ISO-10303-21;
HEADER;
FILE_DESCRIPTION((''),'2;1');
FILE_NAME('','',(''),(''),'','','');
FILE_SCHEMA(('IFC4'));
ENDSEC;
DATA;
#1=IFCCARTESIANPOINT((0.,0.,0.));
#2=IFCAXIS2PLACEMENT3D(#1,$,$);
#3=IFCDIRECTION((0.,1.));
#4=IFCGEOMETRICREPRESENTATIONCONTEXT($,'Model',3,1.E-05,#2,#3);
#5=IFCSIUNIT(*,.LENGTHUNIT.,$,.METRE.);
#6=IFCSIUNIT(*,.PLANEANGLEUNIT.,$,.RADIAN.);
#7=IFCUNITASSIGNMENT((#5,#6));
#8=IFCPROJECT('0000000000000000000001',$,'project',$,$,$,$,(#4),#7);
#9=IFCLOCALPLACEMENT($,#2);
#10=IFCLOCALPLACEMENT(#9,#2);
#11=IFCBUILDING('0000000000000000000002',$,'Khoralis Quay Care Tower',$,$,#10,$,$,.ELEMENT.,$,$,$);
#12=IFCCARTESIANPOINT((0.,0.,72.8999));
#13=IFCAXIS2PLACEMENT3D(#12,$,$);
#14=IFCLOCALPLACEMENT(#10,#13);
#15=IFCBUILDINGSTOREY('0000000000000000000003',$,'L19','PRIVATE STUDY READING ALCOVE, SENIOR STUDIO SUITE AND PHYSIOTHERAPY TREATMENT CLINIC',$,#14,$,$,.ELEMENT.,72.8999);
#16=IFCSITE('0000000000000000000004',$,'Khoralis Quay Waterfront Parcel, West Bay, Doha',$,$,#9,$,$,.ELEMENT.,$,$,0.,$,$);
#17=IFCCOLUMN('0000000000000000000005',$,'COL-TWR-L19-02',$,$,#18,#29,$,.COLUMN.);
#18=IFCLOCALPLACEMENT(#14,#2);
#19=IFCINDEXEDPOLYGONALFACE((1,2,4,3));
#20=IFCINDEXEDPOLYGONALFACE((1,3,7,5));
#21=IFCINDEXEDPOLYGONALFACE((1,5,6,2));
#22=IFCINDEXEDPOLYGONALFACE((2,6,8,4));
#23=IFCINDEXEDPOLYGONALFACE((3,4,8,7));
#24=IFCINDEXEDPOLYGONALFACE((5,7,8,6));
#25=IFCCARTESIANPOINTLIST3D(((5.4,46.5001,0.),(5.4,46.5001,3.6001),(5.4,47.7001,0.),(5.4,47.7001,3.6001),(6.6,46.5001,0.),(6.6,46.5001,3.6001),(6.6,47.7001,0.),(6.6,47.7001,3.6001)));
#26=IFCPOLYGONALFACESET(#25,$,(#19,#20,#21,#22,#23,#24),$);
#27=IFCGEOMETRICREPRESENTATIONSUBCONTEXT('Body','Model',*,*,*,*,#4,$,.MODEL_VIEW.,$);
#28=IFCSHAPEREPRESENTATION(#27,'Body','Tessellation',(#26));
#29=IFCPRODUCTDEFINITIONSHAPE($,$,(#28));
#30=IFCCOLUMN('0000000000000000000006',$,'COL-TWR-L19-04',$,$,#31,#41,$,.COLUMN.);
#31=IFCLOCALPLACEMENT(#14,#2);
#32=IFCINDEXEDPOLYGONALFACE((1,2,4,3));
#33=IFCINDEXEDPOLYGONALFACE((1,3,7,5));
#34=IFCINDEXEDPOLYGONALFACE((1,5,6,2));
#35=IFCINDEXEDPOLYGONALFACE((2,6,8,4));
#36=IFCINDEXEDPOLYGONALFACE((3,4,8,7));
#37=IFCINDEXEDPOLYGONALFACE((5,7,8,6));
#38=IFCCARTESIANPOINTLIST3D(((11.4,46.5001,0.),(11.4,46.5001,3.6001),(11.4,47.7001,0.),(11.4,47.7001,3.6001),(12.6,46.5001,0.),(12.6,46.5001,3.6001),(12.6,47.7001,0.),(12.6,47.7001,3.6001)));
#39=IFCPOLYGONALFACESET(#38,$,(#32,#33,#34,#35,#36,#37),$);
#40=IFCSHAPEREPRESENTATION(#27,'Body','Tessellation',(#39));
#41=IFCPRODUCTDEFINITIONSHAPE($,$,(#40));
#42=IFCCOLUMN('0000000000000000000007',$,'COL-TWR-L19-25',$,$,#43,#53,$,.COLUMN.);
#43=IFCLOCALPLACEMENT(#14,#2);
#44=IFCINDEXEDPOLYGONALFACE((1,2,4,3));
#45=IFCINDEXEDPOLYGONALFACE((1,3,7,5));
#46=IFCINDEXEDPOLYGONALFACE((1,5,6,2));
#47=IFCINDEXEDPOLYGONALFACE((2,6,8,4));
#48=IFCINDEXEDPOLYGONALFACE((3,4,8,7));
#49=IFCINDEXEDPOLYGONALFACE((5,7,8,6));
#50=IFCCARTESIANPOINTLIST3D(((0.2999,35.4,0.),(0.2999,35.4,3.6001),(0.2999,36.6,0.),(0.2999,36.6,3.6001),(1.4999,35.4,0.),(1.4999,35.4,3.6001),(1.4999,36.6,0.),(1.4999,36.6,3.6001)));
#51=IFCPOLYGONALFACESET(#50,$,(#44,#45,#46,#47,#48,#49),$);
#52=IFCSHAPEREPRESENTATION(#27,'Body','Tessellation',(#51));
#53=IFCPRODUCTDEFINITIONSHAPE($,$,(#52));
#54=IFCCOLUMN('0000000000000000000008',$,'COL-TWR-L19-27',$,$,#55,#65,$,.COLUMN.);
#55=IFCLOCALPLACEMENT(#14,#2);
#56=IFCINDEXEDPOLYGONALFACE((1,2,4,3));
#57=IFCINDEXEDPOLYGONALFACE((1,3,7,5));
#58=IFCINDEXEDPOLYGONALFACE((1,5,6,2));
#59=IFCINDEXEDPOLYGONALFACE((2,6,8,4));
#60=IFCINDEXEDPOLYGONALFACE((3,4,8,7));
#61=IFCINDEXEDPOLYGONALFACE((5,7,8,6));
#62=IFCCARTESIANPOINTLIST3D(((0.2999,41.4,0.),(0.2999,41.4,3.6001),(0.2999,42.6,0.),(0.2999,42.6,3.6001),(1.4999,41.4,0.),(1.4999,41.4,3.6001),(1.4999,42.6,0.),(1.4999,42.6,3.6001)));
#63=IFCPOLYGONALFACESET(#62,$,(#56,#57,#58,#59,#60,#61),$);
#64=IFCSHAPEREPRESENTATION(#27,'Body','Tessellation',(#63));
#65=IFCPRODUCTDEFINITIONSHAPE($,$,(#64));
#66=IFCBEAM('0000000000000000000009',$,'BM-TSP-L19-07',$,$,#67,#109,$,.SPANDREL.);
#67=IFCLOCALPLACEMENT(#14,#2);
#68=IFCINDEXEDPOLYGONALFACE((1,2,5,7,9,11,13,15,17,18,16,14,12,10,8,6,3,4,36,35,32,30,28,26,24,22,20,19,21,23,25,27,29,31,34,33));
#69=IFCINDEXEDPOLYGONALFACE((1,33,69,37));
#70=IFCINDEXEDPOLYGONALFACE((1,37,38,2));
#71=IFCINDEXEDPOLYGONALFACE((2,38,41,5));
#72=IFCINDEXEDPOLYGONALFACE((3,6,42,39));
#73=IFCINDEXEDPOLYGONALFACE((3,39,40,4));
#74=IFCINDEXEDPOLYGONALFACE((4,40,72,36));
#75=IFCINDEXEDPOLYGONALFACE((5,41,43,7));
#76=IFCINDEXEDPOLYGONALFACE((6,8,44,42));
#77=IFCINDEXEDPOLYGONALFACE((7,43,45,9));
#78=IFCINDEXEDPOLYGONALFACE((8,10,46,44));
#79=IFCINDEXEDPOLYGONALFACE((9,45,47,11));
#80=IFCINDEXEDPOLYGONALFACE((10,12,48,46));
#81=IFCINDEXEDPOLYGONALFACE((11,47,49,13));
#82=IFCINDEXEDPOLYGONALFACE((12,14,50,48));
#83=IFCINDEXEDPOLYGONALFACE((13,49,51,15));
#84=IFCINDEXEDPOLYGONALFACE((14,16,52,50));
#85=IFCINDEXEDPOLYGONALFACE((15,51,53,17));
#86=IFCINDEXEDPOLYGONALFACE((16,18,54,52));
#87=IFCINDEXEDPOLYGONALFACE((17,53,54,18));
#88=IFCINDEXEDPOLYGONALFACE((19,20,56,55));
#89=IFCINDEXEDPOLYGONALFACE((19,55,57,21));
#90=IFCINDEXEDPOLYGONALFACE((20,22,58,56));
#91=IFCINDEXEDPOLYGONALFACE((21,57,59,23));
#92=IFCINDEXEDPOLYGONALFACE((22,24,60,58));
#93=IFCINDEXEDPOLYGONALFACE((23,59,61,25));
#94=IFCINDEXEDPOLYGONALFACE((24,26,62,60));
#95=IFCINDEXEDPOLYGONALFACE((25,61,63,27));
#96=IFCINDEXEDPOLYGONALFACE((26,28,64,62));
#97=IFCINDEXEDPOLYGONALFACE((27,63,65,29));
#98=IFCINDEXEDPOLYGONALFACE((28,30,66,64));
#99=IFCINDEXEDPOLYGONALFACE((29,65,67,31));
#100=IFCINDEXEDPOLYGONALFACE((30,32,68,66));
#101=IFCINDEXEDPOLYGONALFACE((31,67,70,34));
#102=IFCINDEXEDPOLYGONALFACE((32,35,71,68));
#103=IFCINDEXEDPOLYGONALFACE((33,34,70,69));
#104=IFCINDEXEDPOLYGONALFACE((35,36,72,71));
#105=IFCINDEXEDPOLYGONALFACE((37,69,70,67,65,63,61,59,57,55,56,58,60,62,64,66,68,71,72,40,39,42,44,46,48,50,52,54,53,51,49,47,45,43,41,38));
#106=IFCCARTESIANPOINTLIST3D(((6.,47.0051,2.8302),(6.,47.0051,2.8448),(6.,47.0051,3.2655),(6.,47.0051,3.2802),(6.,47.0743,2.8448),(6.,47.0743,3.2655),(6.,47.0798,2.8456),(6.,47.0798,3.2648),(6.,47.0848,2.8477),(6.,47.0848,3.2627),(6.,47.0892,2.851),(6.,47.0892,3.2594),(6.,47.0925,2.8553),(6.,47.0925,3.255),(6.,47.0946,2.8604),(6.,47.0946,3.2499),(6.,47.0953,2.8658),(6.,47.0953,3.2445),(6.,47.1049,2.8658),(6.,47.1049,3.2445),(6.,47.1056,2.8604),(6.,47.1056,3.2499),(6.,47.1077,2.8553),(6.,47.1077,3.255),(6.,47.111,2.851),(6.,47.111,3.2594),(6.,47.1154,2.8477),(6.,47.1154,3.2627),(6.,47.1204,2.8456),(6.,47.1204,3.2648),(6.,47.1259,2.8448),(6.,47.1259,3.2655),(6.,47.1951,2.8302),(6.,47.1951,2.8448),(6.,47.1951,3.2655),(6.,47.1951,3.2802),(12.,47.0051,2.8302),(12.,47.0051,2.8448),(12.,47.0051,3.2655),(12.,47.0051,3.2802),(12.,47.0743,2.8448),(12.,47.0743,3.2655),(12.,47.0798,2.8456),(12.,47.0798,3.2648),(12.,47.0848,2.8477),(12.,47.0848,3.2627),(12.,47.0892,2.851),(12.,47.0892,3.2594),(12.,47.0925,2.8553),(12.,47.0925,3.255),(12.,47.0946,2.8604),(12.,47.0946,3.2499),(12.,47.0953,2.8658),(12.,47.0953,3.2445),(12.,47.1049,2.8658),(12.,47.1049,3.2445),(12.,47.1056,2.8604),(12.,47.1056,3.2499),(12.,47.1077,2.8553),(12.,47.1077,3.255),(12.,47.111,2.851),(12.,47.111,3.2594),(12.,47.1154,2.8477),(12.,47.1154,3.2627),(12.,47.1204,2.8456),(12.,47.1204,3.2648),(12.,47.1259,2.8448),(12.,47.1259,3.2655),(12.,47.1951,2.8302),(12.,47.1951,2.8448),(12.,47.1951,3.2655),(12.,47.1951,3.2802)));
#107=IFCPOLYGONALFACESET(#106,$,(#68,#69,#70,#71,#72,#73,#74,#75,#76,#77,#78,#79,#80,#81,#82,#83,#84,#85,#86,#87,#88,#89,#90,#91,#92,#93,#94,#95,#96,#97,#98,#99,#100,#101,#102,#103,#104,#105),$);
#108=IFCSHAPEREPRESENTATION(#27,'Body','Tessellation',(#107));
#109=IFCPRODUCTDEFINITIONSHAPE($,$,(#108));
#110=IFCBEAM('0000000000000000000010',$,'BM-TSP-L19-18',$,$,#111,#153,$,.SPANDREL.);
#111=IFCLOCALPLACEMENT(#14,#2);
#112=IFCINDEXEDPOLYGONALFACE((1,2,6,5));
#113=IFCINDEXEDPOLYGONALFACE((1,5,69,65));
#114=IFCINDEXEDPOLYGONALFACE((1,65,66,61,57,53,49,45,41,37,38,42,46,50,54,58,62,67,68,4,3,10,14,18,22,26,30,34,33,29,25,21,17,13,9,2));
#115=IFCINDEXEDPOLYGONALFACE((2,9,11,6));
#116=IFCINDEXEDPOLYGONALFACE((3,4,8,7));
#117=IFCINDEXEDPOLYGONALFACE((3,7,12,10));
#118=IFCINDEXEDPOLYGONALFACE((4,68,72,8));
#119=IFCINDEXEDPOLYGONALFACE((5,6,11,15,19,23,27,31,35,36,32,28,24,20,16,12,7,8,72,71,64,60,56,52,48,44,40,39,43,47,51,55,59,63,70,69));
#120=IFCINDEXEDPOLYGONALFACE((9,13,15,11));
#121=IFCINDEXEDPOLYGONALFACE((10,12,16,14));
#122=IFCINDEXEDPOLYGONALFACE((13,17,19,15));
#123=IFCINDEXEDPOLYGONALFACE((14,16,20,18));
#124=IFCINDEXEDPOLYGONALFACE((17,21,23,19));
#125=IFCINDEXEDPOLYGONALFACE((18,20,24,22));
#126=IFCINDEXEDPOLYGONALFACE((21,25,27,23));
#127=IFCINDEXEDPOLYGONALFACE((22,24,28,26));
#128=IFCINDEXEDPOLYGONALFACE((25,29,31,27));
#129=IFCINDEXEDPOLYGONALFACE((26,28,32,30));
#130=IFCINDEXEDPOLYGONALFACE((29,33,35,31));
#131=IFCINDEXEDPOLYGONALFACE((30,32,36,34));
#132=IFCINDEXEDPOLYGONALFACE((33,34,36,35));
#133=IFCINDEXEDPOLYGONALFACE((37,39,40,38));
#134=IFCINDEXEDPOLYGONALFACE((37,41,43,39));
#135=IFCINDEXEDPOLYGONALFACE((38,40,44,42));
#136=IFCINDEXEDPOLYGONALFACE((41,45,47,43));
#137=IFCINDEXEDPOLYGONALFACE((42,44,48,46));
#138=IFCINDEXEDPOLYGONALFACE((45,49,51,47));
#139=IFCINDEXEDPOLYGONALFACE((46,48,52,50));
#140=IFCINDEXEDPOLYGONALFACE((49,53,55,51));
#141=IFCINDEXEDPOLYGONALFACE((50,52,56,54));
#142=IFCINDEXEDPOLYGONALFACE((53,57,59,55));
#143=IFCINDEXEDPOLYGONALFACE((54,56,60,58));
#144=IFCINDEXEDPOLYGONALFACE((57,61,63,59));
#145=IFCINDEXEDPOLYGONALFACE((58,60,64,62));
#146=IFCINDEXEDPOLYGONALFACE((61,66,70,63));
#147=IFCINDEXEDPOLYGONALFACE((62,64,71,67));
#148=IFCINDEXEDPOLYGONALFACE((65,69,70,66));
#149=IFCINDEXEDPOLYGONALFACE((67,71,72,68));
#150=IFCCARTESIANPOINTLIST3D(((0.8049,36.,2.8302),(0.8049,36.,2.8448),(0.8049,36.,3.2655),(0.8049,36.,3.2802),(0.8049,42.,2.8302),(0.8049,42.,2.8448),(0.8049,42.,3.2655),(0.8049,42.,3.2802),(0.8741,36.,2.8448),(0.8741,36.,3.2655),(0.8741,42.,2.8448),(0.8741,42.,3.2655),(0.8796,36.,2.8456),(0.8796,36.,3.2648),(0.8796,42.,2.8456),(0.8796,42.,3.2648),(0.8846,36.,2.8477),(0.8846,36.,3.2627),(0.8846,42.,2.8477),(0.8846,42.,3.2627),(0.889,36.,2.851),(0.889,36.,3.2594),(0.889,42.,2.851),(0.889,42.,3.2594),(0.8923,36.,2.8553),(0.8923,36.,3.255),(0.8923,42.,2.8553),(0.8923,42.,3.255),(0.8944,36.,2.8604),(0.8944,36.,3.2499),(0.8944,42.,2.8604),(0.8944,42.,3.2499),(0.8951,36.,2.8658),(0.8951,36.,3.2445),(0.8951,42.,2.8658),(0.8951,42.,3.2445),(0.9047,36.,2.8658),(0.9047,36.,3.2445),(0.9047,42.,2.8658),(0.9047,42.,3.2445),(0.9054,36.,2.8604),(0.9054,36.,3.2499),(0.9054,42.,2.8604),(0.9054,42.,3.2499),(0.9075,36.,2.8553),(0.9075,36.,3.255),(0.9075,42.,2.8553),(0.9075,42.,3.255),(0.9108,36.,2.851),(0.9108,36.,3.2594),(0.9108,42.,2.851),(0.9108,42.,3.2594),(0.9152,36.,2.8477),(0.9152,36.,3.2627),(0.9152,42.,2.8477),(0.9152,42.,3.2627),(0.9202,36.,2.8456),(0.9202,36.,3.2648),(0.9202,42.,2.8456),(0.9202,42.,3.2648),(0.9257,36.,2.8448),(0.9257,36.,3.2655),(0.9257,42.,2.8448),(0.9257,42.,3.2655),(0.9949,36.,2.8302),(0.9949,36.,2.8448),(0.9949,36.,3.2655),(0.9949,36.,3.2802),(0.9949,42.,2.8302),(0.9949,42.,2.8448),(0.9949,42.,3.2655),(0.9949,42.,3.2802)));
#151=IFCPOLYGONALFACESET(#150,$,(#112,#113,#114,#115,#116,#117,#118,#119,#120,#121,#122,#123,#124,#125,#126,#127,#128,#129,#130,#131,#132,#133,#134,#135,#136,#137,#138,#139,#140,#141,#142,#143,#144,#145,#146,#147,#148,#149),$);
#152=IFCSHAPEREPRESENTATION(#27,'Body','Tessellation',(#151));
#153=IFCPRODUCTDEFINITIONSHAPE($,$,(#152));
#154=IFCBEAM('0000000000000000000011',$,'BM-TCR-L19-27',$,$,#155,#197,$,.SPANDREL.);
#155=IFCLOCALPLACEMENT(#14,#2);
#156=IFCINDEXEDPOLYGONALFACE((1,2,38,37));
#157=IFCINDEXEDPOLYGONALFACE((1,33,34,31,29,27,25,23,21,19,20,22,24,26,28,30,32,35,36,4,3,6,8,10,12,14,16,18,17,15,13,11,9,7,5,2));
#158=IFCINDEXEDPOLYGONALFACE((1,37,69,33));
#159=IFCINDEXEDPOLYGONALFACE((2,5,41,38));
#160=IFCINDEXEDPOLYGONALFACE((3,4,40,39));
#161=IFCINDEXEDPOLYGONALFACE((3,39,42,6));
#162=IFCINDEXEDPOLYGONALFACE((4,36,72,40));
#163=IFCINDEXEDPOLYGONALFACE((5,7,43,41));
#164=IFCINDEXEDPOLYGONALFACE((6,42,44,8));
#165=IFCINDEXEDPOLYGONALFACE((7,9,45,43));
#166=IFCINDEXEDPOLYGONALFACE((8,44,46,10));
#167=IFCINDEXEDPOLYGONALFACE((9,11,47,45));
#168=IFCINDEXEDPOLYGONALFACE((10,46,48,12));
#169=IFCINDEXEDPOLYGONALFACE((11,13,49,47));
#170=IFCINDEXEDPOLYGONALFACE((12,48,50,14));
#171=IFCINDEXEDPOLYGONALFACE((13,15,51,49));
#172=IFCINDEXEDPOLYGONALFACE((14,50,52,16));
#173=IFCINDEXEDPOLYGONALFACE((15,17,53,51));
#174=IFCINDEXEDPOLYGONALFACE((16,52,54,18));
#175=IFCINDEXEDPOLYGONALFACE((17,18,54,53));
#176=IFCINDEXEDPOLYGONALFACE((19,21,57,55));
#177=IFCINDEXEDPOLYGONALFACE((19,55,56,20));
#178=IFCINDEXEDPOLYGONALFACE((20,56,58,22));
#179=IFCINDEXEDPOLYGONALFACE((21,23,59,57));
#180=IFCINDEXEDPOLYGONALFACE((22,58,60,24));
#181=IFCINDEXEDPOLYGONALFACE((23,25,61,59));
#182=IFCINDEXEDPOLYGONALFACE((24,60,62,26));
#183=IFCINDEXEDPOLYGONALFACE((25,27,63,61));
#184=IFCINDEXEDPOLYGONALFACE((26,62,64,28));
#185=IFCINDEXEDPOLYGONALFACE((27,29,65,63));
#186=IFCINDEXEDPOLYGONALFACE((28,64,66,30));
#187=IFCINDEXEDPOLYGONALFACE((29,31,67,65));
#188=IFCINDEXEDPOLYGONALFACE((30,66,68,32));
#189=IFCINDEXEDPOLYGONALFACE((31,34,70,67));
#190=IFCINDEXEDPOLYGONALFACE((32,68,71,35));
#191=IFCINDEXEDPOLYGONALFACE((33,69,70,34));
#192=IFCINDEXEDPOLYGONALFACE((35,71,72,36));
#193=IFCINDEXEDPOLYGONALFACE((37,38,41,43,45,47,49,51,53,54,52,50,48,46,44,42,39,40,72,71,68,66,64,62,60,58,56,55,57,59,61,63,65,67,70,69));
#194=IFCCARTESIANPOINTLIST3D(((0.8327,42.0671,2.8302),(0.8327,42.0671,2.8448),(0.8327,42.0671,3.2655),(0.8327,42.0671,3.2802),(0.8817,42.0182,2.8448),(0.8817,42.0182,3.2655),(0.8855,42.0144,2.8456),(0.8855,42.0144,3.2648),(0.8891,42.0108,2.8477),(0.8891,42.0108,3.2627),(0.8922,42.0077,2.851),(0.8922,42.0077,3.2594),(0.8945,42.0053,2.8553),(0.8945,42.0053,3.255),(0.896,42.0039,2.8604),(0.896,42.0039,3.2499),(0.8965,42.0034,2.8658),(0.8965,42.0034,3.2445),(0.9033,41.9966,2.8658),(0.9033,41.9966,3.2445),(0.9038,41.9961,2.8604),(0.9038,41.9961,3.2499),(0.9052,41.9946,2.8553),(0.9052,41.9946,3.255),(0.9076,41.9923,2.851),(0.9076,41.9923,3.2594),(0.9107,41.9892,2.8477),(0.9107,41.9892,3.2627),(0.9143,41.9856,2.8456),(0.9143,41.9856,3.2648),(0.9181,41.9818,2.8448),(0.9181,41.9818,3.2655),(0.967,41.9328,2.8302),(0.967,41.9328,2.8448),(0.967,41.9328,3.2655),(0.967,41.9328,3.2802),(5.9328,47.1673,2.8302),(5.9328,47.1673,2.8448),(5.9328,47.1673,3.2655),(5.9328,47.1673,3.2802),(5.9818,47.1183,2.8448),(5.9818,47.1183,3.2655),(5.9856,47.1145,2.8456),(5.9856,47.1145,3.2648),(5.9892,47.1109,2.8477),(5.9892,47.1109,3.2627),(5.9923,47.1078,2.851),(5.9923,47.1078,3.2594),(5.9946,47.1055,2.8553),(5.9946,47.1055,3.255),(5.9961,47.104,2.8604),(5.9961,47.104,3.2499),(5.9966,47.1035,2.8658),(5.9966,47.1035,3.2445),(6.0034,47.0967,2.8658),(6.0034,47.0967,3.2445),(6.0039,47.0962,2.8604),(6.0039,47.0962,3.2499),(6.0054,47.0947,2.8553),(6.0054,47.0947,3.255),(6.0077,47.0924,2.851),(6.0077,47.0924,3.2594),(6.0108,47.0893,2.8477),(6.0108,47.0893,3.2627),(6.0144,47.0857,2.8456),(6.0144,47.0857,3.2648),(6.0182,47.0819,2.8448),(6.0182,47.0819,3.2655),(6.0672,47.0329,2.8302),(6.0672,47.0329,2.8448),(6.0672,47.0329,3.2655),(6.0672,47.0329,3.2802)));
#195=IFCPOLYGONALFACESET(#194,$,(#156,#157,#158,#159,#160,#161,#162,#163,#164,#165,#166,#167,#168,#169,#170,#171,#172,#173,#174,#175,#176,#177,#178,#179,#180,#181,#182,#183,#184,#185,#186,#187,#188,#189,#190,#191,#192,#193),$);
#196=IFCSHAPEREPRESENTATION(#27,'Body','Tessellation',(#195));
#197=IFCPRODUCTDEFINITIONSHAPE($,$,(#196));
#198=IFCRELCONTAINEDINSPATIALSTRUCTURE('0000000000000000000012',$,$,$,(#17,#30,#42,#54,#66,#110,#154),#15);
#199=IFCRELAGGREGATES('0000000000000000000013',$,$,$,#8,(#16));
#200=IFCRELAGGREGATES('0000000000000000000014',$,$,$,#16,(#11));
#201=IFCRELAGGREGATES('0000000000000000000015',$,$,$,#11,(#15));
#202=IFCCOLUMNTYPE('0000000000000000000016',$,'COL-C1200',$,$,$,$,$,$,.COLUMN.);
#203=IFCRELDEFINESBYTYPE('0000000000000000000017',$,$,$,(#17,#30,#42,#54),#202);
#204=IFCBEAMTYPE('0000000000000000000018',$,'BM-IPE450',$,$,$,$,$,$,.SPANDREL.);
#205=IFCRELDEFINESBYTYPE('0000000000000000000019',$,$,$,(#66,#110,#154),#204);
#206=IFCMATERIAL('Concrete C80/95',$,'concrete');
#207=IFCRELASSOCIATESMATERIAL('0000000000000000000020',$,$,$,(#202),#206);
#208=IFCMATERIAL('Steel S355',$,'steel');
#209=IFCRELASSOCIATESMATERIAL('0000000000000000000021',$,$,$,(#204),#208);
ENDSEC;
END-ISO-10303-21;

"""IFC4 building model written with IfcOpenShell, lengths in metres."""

from ifc_helpers import new_model, si_unit, direction, frame, origin, origin_2d, place, context, subcontext, project, spatial, rectangle, i_section, extrude, source, transform, mapped, material, material_profile, profile_set, type_object, element, save


model = new_model("IFC4")

# Units and contexts
model_context = context("Model", 3, precision=1e-05, world=origin(), true_north=direction((0.0, 1.0)))
body_context = subcontext(model_context, "Body", "Model", "MODEL_VIEW")
ifc_project = project(units=[si_unit("LENGTHUNIT", "METRE"), si_unit("PLANEANGLEUNIT", "RADIAN")], contexts=[model_context])

# Site, building, storey
site_placement = place(None, origin())
site = spatial("IfcSite", under=ifc_project, at=site_placement, Name="Khoralis Quay Waterfront Parcel, West Bay, Doha", CompositionType="ELEMENT", RefElevation=0.0)
building_placement = place(site_placement, origin())
building = spatial("IfcBuilding", under=site, at=building_placement, Name="Khoralis Quay Care Tower", CompositionType="ELEMENT")
storey_placement = place(building_placement, frame((0.0, 0.0, 72.8999)))
storey = spatial("IfcBuildingStorey", under=building, at=storey_placement, Name="L19", Description="PRIVATE STUDY READING ALCOVE, SENIOR STUDIO SUITE AND PHYSIOTHERAPY TREATMENT CLINIC", CompositionType="ELEMENT", Elevation=72.8999)

# Columns
ifc_material_1 = material(Name="Concrete C80/95", Category="concrete")
ifc_material_profile_1 = material_profile(ifc_material_1, rectangle(XDim=1.2, YDim=1.2, at=origin_2d()), Name="Concrete C80/95")
ifc_profile_set_1 = profile_set([ifc_material_profile_1], Name="Concrete C80/95")
column_type = type_object("IfcColumnType", Name="COL-C1200", PredefinedType="COLUMN", material=ifc_profile_set_1)
shared_shape_1 = source(origin(), body_context, "Body", "SweptSolid", [
    extrude(rectangle(XDim=1.2, YDim=1.2, at=origin_2d()), origin(), (0.0, 0.0, 1.0), 3.6001),
])
for number, where, z_axis, x_axis, name in (
    (1, (6.0, 47.1001, 0.0), (0.0, 0.0, 1.0), (1.0, 0.0, 0.0), "COL-TWR-L19-02"),
    (2, (12.0, 47.1001, 0.0), (0.0, 0.0, 1.0), (1.0, 0.0, 0.0), "COL-TWR-L19-04"),
    (3, (0.8999, 36.0, 0.0), (0.0, 0.0, 1.0), (1.0, 0.0, 0.0), "COL-TWR-L19-25"),
    (4, (0.8999, 42.0, 0.0), (0.0, 0.0, 1.0), (1.0, 0.0, 0.0), "COL-TWR-L19-27"),
):
    element("IfcColumn", number, at=place(storey_placement, frame(where, z_axis=z_axis, x_axis=x_axis)), inside=storey, type_object=column_type, Name=name, PredefinedType="COLUMN", context=body_context, shape_type="MappedRepresentation", body=[
        mapped(shared_shape_1, transform((0.0, 0.0, 0.0), scale=1.0)),
    ])

# Beams
ifc_material_2 = material(Name="Steel S355", Category="steel")
ifc_material_profile_2 = material_profile(ifc_material_2, i_section(OverallWidth=0.1899, OverallDepth=0.45, WebThickness=0.0095, FlangeThickness=0.0146, FilletRadius=0.021, at=origin_2d()), Name="Steel S355")
ifc_profile_set_2 = profile_set([ifc_material_profile_2], Name="Steel S355")
beam_type_1 = type_object("IfcBeamType", Name="BM-IPE450", PredefinedType="SPANDREL", material=ifc_profile_set_2)
shared_shape_2 = source(origin(), body_context, "Body", "SweptSolid", [
    extrude(i_section(OverallWidth=0.1899, OverallDepth=0.45, WebThickness=0.0095, FlangeThickness=0.0146, FilletRadius=0.021, at=origin_2d()), origin(), (0.0, 0.0, 1.0), 6.0),
])
for number, where, z_axis, x_axis, name in (
    (5, (6.0, 47.1001, 3.0552), (1.0, 0.0, 0.0), (0.0, 1.0, 0.0), "BM-TSP-L19-07"),
    (6, (0.8999, 36.0, 3.0552), (0.0, 1.0, 0.0), (-1.0, 0.0, 0.0), "BM-TSP-L19-18"),
):
    element("IfcBeam", number, at=place(storey_placement, frame(where, z_axis=z_axis, x_axis=x_axis)), inside=storey, type_object=beam_type_1, Name=name, PredefinedType="SPANDREL", context=body_context, shape_type="MappedRepresentation", body=[
        mapped(shared_shape_2, transform((0.0, 0.0, 0.0), scale=1.0)),
    ])
shared_shape_3 = source(origin(), body_context, "Body", "SweptSolid", [
    extrude(i_section(OverallWidth=0.1899, OverallDepth=0.45, WebThickness=0.0095, FlangeThickness=0.0146, FilletRadius=0.021, at=origin_2d()), origin(), (0.0, 0.0, 1.0), 7.2126),
])
beam_placement = place(storey_placement, frame((6.0, 47.1001, 3.0552), z_axis=(-0.707107, -0.707107, 0.0), x_axis=(0.707107, -0.707107, 0.0)))
element("IfcBeam", 7, at=beam_placement, inside=storey, type_object=beam_type_1, Name="BM-TCR-L19-27", PredefinedType="SPANDREL", context=body_context, shape_type="MappedRepresentation", body=[
    mapped(shared_shape_3, transform((0.0, 0.0, 0.0), scale=1.0)),
])

save(model, "model.ifc")
